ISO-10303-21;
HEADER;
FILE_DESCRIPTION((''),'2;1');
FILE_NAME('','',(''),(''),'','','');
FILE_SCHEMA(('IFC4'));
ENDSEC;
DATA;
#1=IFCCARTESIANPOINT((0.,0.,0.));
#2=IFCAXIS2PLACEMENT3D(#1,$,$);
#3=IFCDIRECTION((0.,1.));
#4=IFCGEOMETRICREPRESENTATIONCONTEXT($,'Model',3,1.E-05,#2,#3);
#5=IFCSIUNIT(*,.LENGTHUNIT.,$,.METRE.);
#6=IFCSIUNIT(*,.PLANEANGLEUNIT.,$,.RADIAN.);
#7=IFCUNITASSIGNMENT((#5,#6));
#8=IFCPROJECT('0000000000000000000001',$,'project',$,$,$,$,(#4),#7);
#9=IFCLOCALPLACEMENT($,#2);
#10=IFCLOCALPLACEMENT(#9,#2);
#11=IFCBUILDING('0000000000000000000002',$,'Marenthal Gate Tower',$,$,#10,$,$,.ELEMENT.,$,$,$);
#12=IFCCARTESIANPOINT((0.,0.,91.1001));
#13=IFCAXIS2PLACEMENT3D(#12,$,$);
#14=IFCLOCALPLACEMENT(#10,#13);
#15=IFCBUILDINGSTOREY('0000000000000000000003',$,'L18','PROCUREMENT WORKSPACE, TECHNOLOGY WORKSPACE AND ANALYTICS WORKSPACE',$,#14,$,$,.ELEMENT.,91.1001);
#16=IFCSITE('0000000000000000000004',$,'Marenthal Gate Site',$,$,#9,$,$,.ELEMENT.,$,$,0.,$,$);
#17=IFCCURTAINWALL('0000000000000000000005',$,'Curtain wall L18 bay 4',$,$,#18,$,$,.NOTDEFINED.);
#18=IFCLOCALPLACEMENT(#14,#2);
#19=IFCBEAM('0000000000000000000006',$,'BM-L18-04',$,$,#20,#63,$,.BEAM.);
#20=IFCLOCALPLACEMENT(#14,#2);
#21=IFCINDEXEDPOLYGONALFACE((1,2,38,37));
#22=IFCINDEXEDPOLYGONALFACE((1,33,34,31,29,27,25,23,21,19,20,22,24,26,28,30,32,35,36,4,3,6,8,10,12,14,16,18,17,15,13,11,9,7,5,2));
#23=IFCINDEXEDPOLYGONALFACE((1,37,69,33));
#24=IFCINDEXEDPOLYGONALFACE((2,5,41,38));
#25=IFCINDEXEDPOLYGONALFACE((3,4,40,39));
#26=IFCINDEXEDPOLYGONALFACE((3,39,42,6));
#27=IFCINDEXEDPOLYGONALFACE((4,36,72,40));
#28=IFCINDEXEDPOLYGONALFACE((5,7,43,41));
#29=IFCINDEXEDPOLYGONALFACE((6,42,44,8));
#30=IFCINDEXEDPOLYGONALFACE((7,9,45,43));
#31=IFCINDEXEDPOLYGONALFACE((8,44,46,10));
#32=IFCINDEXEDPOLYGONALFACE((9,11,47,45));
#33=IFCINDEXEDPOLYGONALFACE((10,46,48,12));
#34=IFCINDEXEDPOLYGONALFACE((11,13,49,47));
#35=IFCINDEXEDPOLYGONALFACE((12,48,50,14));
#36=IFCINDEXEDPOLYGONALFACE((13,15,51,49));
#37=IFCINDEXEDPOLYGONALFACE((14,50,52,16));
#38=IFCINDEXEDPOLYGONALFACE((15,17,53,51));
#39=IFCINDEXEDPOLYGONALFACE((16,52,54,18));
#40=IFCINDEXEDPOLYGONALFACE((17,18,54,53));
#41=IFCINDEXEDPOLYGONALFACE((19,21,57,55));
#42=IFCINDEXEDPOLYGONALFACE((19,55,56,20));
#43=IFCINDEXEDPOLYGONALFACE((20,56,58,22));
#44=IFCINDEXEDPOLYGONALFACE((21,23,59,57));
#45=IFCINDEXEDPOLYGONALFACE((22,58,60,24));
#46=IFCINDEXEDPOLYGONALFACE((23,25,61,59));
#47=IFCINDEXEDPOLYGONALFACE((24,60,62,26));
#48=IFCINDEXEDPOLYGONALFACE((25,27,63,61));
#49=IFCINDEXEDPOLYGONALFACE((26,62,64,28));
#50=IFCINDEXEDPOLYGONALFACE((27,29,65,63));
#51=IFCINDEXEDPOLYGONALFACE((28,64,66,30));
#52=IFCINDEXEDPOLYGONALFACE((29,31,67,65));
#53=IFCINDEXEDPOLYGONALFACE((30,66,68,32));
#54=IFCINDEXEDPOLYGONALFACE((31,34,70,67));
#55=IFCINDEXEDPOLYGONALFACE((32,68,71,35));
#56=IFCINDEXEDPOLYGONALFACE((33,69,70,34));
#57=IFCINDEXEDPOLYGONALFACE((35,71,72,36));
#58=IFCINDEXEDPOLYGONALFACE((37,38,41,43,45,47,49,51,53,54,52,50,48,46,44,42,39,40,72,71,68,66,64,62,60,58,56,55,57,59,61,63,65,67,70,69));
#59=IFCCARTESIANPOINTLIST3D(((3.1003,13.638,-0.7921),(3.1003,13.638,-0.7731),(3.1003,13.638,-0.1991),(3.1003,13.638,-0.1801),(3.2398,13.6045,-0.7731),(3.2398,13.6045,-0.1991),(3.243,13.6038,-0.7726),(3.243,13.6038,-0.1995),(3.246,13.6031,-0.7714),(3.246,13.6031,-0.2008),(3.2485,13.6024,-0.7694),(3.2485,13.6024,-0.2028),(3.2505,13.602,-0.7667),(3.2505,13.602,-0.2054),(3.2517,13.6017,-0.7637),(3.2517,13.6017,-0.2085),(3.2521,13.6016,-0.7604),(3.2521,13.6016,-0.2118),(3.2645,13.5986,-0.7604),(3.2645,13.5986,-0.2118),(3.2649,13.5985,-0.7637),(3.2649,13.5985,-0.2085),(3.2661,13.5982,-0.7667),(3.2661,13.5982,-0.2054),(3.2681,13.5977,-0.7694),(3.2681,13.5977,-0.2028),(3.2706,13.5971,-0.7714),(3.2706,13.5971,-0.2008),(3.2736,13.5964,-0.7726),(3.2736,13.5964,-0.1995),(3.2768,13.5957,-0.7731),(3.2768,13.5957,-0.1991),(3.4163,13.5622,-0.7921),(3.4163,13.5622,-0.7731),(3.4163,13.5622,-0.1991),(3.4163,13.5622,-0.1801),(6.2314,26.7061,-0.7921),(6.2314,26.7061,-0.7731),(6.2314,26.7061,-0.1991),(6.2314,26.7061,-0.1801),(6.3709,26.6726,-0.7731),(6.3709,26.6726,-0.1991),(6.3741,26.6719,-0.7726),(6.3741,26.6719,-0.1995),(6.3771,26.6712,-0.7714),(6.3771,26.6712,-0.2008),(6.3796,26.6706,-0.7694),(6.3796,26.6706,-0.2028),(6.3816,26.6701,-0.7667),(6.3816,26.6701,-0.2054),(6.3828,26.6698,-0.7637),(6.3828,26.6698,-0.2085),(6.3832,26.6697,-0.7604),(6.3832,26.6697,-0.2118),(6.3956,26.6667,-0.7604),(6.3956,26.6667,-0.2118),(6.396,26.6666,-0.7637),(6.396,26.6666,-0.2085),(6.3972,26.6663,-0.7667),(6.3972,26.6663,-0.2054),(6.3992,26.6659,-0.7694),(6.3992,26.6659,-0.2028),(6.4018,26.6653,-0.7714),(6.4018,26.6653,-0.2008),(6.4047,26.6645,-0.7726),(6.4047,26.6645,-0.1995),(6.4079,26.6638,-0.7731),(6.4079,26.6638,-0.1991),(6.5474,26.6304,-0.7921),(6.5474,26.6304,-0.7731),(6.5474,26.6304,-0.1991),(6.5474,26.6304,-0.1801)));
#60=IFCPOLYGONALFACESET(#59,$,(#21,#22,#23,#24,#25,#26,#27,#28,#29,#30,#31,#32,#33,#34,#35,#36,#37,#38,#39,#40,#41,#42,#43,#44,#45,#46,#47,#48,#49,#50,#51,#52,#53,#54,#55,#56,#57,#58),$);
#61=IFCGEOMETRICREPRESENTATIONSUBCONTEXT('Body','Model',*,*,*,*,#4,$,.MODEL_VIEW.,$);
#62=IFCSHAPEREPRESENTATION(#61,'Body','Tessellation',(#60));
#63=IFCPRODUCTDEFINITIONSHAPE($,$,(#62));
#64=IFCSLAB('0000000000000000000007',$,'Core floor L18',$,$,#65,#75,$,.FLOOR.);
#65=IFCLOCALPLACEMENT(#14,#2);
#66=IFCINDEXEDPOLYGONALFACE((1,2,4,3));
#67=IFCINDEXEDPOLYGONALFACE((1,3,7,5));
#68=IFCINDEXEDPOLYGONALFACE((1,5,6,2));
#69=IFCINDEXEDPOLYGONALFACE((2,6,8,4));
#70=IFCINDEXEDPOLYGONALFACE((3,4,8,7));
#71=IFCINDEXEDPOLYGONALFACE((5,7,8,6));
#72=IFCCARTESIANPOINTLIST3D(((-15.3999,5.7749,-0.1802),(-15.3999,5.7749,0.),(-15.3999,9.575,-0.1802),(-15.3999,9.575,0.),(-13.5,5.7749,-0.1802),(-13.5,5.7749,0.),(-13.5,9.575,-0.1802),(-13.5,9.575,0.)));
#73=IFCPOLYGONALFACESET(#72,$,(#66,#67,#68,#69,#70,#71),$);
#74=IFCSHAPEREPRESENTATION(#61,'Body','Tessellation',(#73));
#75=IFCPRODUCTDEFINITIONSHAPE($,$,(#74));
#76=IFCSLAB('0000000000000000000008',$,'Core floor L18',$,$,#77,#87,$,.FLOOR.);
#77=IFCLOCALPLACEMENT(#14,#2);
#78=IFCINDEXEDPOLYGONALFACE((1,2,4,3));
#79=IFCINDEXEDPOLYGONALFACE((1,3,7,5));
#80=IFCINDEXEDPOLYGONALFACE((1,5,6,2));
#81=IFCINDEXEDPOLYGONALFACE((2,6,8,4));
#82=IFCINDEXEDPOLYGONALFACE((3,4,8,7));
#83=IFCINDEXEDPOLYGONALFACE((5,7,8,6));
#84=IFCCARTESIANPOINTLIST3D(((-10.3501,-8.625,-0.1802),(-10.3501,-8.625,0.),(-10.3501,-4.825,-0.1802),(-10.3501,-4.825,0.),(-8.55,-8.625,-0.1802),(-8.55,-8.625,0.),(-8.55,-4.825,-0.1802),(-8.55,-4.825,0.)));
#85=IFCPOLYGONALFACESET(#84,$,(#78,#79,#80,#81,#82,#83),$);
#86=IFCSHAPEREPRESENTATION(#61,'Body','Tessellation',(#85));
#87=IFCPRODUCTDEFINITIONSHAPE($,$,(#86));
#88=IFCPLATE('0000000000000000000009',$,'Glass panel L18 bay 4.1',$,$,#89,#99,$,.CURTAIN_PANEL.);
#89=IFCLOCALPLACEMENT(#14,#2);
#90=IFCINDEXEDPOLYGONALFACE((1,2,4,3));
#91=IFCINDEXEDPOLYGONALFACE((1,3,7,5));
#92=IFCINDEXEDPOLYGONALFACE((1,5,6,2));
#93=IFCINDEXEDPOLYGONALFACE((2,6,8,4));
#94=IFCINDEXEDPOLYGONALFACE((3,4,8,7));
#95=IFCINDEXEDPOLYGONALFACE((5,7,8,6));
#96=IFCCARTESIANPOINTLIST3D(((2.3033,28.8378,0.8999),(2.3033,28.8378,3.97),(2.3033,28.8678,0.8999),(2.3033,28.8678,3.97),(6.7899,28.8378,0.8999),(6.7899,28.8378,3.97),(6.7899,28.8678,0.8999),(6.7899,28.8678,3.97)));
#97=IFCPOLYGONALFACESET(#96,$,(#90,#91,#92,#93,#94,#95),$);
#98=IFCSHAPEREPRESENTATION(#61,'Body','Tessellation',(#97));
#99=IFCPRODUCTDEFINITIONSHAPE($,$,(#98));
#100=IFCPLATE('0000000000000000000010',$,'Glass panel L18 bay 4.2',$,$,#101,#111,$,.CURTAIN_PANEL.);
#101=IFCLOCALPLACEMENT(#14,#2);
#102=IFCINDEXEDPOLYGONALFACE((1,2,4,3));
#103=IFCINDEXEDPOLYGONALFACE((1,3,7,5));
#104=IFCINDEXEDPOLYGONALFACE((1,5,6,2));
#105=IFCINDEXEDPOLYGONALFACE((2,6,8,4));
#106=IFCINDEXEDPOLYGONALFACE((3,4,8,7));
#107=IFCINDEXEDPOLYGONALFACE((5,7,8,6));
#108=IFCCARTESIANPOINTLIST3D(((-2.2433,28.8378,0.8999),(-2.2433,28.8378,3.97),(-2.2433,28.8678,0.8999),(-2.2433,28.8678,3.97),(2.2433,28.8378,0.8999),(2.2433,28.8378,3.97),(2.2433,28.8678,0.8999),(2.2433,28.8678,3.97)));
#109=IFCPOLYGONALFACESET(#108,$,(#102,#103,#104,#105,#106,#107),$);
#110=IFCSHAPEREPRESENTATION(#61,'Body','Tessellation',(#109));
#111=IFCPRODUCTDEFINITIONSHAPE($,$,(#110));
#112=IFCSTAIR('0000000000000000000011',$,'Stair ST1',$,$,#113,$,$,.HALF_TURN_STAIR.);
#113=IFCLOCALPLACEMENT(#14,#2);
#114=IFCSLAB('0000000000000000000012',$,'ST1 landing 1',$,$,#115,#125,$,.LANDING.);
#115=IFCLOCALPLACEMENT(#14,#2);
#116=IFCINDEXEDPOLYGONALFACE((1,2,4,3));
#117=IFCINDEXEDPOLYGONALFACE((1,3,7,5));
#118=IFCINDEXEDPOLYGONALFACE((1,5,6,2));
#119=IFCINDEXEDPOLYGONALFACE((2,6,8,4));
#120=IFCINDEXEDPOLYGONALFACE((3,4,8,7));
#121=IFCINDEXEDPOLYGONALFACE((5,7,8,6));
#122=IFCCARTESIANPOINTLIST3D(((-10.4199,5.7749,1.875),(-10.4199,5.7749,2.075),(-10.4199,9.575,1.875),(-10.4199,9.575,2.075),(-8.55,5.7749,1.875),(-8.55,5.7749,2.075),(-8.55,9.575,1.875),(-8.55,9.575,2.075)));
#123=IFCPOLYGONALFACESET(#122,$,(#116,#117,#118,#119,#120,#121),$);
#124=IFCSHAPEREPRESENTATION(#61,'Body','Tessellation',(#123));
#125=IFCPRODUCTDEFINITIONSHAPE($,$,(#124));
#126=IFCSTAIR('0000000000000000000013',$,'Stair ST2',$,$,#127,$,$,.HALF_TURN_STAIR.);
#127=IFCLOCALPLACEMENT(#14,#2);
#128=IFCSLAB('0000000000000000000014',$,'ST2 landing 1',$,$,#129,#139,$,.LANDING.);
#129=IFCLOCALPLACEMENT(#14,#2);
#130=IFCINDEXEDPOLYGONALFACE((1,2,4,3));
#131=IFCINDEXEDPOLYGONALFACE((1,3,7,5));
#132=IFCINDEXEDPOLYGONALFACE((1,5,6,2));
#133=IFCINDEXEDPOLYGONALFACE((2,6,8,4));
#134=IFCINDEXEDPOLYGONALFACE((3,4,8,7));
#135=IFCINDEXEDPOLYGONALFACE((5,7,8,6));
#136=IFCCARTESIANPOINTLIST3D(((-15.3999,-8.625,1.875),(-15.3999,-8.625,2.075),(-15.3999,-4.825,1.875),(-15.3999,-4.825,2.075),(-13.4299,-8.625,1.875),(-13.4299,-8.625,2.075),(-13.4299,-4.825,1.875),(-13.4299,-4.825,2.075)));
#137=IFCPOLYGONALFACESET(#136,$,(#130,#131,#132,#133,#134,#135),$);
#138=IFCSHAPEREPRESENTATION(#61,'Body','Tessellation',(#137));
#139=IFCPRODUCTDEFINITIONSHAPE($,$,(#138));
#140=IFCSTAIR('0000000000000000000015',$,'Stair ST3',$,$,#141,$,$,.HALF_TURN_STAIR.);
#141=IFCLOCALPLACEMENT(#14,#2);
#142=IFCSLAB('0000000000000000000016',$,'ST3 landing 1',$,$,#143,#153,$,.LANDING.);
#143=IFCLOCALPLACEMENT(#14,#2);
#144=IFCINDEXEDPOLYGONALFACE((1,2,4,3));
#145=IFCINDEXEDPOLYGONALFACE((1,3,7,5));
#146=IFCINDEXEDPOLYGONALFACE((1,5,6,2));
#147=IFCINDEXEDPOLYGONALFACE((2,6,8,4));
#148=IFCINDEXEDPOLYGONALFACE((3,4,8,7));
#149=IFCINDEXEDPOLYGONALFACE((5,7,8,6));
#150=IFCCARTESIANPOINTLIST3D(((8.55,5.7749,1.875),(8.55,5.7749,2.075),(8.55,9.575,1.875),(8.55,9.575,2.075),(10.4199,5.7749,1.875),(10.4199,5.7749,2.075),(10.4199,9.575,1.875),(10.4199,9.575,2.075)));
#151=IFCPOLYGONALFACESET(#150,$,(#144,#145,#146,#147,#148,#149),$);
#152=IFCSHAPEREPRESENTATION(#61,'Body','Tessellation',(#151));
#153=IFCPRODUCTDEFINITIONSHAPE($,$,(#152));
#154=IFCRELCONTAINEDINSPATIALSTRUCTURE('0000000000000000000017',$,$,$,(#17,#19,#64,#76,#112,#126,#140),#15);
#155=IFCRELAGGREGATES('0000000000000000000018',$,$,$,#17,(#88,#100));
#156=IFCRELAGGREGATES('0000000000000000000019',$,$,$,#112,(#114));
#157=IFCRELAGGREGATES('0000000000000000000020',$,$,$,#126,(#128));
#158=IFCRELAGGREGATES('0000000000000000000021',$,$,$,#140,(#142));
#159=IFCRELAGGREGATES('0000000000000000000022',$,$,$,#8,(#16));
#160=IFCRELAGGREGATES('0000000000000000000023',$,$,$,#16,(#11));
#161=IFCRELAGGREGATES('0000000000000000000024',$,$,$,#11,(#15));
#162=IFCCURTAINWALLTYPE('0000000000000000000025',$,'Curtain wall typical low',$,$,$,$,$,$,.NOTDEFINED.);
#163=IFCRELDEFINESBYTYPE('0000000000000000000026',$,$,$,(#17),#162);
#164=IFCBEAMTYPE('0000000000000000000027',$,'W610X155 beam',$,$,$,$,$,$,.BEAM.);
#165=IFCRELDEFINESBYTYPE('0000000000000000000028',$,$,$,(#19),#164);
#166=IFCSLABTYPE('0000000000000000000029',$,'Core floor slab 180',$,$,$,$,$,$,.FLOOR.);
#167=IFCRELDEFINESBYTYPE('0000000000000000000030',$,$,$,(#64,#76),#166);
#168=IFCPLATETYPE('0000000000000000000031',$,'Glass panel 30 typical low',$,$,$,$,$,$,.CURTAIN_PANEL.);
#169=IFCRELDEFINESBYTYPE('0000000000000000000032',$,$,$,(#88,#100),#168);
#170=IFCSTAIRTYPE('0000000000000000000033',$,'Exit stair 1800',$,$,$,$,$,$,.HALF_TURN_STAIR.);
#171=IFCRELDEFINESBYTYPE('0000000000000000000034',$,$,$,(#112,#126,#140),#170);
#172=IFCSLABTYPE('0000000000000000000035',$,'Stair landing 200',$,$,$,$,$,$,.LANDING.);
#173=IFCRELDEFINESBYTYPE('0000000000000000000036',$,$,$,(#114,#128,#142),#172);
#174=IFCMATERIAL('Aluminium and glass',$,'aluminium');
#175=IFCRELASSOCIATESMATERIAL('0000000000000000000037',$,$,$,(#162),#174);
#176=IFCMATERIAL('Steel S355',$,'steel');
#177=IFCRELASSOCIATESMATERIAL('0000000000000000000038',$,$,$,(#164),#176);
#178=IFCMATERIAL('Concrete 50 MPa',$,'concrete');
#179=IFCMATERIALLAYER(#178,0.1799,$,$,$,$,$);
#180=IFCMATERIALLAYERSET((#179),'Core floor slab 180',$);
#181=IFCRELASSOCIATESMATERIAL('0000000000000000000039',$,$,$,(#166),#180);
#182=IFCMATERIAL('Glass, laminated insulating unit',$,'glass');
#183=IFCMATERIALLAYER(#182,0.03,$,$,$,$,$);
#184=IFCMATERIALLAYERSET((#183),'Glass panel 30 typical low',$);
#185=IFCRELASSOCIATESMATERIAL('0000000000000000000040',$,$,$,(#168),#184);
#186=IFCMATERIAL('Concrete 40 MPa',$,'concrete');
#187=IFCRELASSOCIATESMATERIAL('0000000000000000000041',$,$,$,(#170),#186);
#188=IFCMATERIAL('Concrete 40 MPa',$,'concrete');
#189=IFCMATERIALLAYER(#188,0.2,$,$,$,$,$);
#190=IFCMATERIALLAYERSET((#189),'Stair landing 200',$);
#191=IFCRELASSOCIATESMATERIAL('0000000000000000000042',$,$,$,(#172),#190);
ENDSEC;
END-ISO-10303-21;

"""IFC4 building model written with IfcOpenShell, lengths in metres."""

from ifc_helpers import new_model, si_unit, direction, frame, origin, origin_2d, place, context, subcontext, project, spatial, polyline, rectangle, i_section, outline, extrude, material, layer, layer_set, material_profile, profile_set, type_object, element, aggregate, save


model = new_model("IFC4")

# Units and contexts
model_context = context("Model", 3, precision=1e-05, world=origin(), true_north=direction((0.0, 1.0)))
body_context = subcontext(model_context, "Body", "Model", "MODEL_VIEW")
ifc_project = project(units=[si_unit("LENGTHUNIT", "METRE"), si_unit("PLANEANGLEUNIT", "RADIAN")], contexts=[model_context])

# Site, building, storey
site_placement = place(None, origin())
site = spatial("IfcSite", under=ifc_project, at=site_placement, Name="Marenthal Gate Site", CompositionType="ELEMENT", RefElevation=0.0)
building_placement = place(site_placement, origin())
building = spatial("IfcBuilding", under=site, at=building_placement, Name="Marenthal Gate Tower", CompositionType="ELEMENT")
storey_placement = place(building_placement, frame((0.0, 0.0, 91.1001)))
storey = spatial("IfcBuildingStorey", under=building, at=storey_placement, Name="L18", Description="PROCUREMENT WORKSPACE, TECHNOLOGY WORKSPACE AND ANALYTICS WORKSPACE", CompositionType="ELEMENT", Elevation=91.1001)

# Curtain wall
ifc_material_1 = material(Name="Aluminium and glass", Category="aluminium")
curtain_wall_type = type_object("IfcCurtainWallType", Name="Curtain wall typical low", PredefinedType="NOTDEFINED", material=ifc_material_1)
curtain_wall_placement = place(storey_placement, origin())
curtain_wall = element("IfcCurtainWall", 1, at=curtain_wall_placement, inside=storey, type_object=curtain_wall_type, Name="Curtain wall L18 bay 4", PredefinedType="NOTDEFINED")

# Beam
ifc_material_2 = material(Name="Steel S355", Category="steel")
ifc_material_profile_1 = material_profile(ifc_material_2, i_section(OverallWidth=0.325, OverallDepth=0.6121, WebThickness=0.0127, FlangeThickness=0.019, FilletRadius=0.0127, at=origin_2d()), Name="W610X155")
ifc_profile_set_1 = profile_set([ifc_material_profile_1], Name="Steel S355")
beam_type_1 = type_object("IfcBeamType", Name="W610X155 beam", PredefinedType="BEAM", material=ifc_profile_set_1)
beam_1_placement = place(storey_placement, frame((6.3894, 26.6682, -0.4861), z_axis=(-0.233004, -0.972476, 0.0), x_axis=(0.972476, -0.233004, 0.0)))
element("IfcBeam", 2, at=beam_1_placement, inside=storey, type_object=beam_type_1, Name="BM-L18-04", PredefinedType="BEAM", context=body_context, shape_type="SweptSolid", body=[
    extrude(i_section(OverallWidth=0.325, OverallDepth=0.6121, WebThickness=0.0127, FlangeThickness=0.019, FilletRadius=0.0127, at=origin_2d()), origin(), (0.0, 0.0, 1.0), 13.438),
])

# Slabs
ifc_material_3 = material(Name="Concrete 50 MPa", Category="concrete")
ifc_layer_1 = layer(ifc_material_3, 0.1799)
ifc_layer_set_1 = layer_set([ifc_layer_1], Name="Core floor slab 180")
slab_type_1 = type_object("IfcSlabType", Name="Core floor slab 180", PredefinedType="FLOOR", material=ifc_layer_set_1)
slab_1_placement = place(storey_placement, frame((0.0, 0.0, -0.1802)))
element("IfcSlab", 3, at=slab_1_placement, inside=storey, type_object=slab_type_1, Name="Core floor L18", PredefinedType="FLOOR", context=body_context, shape_type="SweptSolid", body=[
    extrude(outline(polyline([(-15.3999, 9.575), (-13.5, 9.575), (-13.5, 5.7749), (-15.3999, 5.7749), (-15.3999, 9.575)])), origin(), (0.0, 0.0, 1.0), 0.1802),
])
slab_2_placement = place(storey_placement, frame((0.0, 0.0, -0.1802)))
element("IfcSlab", 4, at=slab_2_placement, inside=storey, type_object=slab_type_1, Name="Core floor L18", PredefinedType="FLOOR", context=body_context, shape_type="SweptSolid", body=[
    extrude(outline(polyline([(-8.55, -8.625), (-10.3501, -8.625), (-10.3501, -4.825), (-8.55, -4.825), (-8.55, -8.625)])), origin(), (0.0, 0.0, 1.0), 0.1802),
])

# Plates
ifc_material_4 = material(Name="Glass, laminated insulating unit", Category="glass")
ifc_layer_2 = layer(ifc_material_4, 0.03)
ifc_layer_set_2 = layer_set([ifc_layer_2], Name="Glass panel 30 typical low")
plate_type = type_object("IfcPlateType", Name="Glass panel 30 typical low", PredefinedType="CURTAIN_PANEL", material=ifc_layer_set_2)
plate_1_placement = place(storey_placement, frame((4.5466, 28.8528, 0.8999), z_axis=(0.0, 0.0, 1.0), x_axis=(-1.0, 0.0, 0.0)))
plate_1 = element("IfcPlate", 5, at=plate_1_placement, type_object=plate_type, Name="Glass panel L18 bay 4.1", PredefinedType="CURTAIN_PANEL", context=body_context, shape_type="SweptSolid", body=[
    extrude(rectangle(XDim=4.4866, YDim=0.03, at=origin_2d()), origin(), (0.0, 0.0, 1.0), 3.0701),
])
plate_2_placement = place(storey_placement, frame((0.0, 28.8528, 0.8999), z_axis=(0.0, 0.0, 1.0), x_axis=(-1.0, 0.0, 0.0)))
plate_2 = element("IfcPlate", 6, at=plate_2_placement, type_object=plate_type, Name="Glass panel L18 bay 4.2", PredefinedType="CURTAIN_PANEL", context=body_context, shape_type="SweptSolid", body=[
    extrude(rectangle(XDim=4.4866, YDim=0.03, at=origin_2d()), origin(), (0.0, 0.0, 1.0), 3.0701),
])
aggregate(curtain_wall, [plate_1, plate_2])

# Stairs, slabs
ifc_material_5 = material(Name="Concrete 40 MPa", Category="concrete")
stair_type = type_object("IfcStairType", Name="Exit stair 1800", PredefinedType="HALF_TURN_STAIR", material=ifc_material_5)
stair_1_placement = place(storey_placement, origin())
stair_1 = element("IfcStair", 7, at=stair_1_placement, inside=storey, type_object=stair_type, Name="Stair ST1", PredefinedType="HALF_TURN_STAIR")
ifc_material_6 = material(Name="Concrete 40 MPa", Category="concrete")
ifc_layer_3 = layer(ifc_material_6, 0.2)
ifc_layer_set_3 = layer_set([ifc_layer_3], Name="Stair landing 200")
slab_type_2 = type_object("IfcSlabType", Name="Stair landing 200", PredefinedType="LANDING", material=ifc_layer_set_3)
slab_3_placement = place(storey_placement, frame((0.0, 0.0, 1.875)))
slab_3 = element("IfcSlab", 8, at=slab_3_placement, type_object=slab_type_2, Name="ST1 landing 1", PredefinedType="LANDING", context=body_context, shape_type="SweptSolid", body=[
    extrude(outline(polyline([(-10.4199, 5.7749), (-8.55, 5.7749), (-8.55, 9.575), (-10.4199, 9.575), (-10.4199, 5.7749)])), origin(), (0.0, 0.0, 1.0), 0.2),
])
aggregate(stair_1, [slab_3])
stair_2_placement = place(storey_placement, origin())
stair_2 = element("IfcStair", 9, at=stair_2_placement, inside=storey, type_object=stair_type, Name="Stair ST2", PredefinedType="HALF_TURN_STAIR")
slab_4_placement = place(storey_placement, frame((0.0, 0.0, 1.875)))
slab_4 = element("IfcSlab", 10, at=slab_4_placement, type_object=slab_type_2, Name="ST2 landing 1", PredefinedType="LANDING", context=body_context, shape_type="SweptSolid", body=[
    extrude(outline(polyline([(-15.3999, -8.625), (-13.4299, -8.625), (-13.4299, -4.825), (-15.3999, -4.825), (-15.3999, -8.625)])), origin(), (0.0, 0.0, 1.0), 0.2),
])
aggregate(stair_2, [slab_4])
stair_3_placement = place(storey_placement, origin())
stair_3 = element("IfcStair", 11, at=stair_3_placement, inside=storey, type_object=stair_type, Name="Stair ST3", PredefinedType="HALF_TURN_STAIR")
slab_5_placement = place(storey_placement, frame((0.0, 0.0, 1.875)))
slab_5 = element("IfcSlab", 12, at=slab_5_placement, type_object=slab_type_2, Name="ST3 landing 1", PredefinedType="LANDING", context=body_context, shape_type="SweptSolid", body=[
    extrude(outline(polyline([(8.55, 5.7749), (10.4199, 5.7749), (10.4199, 9.575), (8.55, 9.575), (8.55, 5.7749)])), origin(), (0.0, 0.0, 1.0), 0.2),
])

aggregate(stair_3, [slab_5])

save(model, "model.ifc")
